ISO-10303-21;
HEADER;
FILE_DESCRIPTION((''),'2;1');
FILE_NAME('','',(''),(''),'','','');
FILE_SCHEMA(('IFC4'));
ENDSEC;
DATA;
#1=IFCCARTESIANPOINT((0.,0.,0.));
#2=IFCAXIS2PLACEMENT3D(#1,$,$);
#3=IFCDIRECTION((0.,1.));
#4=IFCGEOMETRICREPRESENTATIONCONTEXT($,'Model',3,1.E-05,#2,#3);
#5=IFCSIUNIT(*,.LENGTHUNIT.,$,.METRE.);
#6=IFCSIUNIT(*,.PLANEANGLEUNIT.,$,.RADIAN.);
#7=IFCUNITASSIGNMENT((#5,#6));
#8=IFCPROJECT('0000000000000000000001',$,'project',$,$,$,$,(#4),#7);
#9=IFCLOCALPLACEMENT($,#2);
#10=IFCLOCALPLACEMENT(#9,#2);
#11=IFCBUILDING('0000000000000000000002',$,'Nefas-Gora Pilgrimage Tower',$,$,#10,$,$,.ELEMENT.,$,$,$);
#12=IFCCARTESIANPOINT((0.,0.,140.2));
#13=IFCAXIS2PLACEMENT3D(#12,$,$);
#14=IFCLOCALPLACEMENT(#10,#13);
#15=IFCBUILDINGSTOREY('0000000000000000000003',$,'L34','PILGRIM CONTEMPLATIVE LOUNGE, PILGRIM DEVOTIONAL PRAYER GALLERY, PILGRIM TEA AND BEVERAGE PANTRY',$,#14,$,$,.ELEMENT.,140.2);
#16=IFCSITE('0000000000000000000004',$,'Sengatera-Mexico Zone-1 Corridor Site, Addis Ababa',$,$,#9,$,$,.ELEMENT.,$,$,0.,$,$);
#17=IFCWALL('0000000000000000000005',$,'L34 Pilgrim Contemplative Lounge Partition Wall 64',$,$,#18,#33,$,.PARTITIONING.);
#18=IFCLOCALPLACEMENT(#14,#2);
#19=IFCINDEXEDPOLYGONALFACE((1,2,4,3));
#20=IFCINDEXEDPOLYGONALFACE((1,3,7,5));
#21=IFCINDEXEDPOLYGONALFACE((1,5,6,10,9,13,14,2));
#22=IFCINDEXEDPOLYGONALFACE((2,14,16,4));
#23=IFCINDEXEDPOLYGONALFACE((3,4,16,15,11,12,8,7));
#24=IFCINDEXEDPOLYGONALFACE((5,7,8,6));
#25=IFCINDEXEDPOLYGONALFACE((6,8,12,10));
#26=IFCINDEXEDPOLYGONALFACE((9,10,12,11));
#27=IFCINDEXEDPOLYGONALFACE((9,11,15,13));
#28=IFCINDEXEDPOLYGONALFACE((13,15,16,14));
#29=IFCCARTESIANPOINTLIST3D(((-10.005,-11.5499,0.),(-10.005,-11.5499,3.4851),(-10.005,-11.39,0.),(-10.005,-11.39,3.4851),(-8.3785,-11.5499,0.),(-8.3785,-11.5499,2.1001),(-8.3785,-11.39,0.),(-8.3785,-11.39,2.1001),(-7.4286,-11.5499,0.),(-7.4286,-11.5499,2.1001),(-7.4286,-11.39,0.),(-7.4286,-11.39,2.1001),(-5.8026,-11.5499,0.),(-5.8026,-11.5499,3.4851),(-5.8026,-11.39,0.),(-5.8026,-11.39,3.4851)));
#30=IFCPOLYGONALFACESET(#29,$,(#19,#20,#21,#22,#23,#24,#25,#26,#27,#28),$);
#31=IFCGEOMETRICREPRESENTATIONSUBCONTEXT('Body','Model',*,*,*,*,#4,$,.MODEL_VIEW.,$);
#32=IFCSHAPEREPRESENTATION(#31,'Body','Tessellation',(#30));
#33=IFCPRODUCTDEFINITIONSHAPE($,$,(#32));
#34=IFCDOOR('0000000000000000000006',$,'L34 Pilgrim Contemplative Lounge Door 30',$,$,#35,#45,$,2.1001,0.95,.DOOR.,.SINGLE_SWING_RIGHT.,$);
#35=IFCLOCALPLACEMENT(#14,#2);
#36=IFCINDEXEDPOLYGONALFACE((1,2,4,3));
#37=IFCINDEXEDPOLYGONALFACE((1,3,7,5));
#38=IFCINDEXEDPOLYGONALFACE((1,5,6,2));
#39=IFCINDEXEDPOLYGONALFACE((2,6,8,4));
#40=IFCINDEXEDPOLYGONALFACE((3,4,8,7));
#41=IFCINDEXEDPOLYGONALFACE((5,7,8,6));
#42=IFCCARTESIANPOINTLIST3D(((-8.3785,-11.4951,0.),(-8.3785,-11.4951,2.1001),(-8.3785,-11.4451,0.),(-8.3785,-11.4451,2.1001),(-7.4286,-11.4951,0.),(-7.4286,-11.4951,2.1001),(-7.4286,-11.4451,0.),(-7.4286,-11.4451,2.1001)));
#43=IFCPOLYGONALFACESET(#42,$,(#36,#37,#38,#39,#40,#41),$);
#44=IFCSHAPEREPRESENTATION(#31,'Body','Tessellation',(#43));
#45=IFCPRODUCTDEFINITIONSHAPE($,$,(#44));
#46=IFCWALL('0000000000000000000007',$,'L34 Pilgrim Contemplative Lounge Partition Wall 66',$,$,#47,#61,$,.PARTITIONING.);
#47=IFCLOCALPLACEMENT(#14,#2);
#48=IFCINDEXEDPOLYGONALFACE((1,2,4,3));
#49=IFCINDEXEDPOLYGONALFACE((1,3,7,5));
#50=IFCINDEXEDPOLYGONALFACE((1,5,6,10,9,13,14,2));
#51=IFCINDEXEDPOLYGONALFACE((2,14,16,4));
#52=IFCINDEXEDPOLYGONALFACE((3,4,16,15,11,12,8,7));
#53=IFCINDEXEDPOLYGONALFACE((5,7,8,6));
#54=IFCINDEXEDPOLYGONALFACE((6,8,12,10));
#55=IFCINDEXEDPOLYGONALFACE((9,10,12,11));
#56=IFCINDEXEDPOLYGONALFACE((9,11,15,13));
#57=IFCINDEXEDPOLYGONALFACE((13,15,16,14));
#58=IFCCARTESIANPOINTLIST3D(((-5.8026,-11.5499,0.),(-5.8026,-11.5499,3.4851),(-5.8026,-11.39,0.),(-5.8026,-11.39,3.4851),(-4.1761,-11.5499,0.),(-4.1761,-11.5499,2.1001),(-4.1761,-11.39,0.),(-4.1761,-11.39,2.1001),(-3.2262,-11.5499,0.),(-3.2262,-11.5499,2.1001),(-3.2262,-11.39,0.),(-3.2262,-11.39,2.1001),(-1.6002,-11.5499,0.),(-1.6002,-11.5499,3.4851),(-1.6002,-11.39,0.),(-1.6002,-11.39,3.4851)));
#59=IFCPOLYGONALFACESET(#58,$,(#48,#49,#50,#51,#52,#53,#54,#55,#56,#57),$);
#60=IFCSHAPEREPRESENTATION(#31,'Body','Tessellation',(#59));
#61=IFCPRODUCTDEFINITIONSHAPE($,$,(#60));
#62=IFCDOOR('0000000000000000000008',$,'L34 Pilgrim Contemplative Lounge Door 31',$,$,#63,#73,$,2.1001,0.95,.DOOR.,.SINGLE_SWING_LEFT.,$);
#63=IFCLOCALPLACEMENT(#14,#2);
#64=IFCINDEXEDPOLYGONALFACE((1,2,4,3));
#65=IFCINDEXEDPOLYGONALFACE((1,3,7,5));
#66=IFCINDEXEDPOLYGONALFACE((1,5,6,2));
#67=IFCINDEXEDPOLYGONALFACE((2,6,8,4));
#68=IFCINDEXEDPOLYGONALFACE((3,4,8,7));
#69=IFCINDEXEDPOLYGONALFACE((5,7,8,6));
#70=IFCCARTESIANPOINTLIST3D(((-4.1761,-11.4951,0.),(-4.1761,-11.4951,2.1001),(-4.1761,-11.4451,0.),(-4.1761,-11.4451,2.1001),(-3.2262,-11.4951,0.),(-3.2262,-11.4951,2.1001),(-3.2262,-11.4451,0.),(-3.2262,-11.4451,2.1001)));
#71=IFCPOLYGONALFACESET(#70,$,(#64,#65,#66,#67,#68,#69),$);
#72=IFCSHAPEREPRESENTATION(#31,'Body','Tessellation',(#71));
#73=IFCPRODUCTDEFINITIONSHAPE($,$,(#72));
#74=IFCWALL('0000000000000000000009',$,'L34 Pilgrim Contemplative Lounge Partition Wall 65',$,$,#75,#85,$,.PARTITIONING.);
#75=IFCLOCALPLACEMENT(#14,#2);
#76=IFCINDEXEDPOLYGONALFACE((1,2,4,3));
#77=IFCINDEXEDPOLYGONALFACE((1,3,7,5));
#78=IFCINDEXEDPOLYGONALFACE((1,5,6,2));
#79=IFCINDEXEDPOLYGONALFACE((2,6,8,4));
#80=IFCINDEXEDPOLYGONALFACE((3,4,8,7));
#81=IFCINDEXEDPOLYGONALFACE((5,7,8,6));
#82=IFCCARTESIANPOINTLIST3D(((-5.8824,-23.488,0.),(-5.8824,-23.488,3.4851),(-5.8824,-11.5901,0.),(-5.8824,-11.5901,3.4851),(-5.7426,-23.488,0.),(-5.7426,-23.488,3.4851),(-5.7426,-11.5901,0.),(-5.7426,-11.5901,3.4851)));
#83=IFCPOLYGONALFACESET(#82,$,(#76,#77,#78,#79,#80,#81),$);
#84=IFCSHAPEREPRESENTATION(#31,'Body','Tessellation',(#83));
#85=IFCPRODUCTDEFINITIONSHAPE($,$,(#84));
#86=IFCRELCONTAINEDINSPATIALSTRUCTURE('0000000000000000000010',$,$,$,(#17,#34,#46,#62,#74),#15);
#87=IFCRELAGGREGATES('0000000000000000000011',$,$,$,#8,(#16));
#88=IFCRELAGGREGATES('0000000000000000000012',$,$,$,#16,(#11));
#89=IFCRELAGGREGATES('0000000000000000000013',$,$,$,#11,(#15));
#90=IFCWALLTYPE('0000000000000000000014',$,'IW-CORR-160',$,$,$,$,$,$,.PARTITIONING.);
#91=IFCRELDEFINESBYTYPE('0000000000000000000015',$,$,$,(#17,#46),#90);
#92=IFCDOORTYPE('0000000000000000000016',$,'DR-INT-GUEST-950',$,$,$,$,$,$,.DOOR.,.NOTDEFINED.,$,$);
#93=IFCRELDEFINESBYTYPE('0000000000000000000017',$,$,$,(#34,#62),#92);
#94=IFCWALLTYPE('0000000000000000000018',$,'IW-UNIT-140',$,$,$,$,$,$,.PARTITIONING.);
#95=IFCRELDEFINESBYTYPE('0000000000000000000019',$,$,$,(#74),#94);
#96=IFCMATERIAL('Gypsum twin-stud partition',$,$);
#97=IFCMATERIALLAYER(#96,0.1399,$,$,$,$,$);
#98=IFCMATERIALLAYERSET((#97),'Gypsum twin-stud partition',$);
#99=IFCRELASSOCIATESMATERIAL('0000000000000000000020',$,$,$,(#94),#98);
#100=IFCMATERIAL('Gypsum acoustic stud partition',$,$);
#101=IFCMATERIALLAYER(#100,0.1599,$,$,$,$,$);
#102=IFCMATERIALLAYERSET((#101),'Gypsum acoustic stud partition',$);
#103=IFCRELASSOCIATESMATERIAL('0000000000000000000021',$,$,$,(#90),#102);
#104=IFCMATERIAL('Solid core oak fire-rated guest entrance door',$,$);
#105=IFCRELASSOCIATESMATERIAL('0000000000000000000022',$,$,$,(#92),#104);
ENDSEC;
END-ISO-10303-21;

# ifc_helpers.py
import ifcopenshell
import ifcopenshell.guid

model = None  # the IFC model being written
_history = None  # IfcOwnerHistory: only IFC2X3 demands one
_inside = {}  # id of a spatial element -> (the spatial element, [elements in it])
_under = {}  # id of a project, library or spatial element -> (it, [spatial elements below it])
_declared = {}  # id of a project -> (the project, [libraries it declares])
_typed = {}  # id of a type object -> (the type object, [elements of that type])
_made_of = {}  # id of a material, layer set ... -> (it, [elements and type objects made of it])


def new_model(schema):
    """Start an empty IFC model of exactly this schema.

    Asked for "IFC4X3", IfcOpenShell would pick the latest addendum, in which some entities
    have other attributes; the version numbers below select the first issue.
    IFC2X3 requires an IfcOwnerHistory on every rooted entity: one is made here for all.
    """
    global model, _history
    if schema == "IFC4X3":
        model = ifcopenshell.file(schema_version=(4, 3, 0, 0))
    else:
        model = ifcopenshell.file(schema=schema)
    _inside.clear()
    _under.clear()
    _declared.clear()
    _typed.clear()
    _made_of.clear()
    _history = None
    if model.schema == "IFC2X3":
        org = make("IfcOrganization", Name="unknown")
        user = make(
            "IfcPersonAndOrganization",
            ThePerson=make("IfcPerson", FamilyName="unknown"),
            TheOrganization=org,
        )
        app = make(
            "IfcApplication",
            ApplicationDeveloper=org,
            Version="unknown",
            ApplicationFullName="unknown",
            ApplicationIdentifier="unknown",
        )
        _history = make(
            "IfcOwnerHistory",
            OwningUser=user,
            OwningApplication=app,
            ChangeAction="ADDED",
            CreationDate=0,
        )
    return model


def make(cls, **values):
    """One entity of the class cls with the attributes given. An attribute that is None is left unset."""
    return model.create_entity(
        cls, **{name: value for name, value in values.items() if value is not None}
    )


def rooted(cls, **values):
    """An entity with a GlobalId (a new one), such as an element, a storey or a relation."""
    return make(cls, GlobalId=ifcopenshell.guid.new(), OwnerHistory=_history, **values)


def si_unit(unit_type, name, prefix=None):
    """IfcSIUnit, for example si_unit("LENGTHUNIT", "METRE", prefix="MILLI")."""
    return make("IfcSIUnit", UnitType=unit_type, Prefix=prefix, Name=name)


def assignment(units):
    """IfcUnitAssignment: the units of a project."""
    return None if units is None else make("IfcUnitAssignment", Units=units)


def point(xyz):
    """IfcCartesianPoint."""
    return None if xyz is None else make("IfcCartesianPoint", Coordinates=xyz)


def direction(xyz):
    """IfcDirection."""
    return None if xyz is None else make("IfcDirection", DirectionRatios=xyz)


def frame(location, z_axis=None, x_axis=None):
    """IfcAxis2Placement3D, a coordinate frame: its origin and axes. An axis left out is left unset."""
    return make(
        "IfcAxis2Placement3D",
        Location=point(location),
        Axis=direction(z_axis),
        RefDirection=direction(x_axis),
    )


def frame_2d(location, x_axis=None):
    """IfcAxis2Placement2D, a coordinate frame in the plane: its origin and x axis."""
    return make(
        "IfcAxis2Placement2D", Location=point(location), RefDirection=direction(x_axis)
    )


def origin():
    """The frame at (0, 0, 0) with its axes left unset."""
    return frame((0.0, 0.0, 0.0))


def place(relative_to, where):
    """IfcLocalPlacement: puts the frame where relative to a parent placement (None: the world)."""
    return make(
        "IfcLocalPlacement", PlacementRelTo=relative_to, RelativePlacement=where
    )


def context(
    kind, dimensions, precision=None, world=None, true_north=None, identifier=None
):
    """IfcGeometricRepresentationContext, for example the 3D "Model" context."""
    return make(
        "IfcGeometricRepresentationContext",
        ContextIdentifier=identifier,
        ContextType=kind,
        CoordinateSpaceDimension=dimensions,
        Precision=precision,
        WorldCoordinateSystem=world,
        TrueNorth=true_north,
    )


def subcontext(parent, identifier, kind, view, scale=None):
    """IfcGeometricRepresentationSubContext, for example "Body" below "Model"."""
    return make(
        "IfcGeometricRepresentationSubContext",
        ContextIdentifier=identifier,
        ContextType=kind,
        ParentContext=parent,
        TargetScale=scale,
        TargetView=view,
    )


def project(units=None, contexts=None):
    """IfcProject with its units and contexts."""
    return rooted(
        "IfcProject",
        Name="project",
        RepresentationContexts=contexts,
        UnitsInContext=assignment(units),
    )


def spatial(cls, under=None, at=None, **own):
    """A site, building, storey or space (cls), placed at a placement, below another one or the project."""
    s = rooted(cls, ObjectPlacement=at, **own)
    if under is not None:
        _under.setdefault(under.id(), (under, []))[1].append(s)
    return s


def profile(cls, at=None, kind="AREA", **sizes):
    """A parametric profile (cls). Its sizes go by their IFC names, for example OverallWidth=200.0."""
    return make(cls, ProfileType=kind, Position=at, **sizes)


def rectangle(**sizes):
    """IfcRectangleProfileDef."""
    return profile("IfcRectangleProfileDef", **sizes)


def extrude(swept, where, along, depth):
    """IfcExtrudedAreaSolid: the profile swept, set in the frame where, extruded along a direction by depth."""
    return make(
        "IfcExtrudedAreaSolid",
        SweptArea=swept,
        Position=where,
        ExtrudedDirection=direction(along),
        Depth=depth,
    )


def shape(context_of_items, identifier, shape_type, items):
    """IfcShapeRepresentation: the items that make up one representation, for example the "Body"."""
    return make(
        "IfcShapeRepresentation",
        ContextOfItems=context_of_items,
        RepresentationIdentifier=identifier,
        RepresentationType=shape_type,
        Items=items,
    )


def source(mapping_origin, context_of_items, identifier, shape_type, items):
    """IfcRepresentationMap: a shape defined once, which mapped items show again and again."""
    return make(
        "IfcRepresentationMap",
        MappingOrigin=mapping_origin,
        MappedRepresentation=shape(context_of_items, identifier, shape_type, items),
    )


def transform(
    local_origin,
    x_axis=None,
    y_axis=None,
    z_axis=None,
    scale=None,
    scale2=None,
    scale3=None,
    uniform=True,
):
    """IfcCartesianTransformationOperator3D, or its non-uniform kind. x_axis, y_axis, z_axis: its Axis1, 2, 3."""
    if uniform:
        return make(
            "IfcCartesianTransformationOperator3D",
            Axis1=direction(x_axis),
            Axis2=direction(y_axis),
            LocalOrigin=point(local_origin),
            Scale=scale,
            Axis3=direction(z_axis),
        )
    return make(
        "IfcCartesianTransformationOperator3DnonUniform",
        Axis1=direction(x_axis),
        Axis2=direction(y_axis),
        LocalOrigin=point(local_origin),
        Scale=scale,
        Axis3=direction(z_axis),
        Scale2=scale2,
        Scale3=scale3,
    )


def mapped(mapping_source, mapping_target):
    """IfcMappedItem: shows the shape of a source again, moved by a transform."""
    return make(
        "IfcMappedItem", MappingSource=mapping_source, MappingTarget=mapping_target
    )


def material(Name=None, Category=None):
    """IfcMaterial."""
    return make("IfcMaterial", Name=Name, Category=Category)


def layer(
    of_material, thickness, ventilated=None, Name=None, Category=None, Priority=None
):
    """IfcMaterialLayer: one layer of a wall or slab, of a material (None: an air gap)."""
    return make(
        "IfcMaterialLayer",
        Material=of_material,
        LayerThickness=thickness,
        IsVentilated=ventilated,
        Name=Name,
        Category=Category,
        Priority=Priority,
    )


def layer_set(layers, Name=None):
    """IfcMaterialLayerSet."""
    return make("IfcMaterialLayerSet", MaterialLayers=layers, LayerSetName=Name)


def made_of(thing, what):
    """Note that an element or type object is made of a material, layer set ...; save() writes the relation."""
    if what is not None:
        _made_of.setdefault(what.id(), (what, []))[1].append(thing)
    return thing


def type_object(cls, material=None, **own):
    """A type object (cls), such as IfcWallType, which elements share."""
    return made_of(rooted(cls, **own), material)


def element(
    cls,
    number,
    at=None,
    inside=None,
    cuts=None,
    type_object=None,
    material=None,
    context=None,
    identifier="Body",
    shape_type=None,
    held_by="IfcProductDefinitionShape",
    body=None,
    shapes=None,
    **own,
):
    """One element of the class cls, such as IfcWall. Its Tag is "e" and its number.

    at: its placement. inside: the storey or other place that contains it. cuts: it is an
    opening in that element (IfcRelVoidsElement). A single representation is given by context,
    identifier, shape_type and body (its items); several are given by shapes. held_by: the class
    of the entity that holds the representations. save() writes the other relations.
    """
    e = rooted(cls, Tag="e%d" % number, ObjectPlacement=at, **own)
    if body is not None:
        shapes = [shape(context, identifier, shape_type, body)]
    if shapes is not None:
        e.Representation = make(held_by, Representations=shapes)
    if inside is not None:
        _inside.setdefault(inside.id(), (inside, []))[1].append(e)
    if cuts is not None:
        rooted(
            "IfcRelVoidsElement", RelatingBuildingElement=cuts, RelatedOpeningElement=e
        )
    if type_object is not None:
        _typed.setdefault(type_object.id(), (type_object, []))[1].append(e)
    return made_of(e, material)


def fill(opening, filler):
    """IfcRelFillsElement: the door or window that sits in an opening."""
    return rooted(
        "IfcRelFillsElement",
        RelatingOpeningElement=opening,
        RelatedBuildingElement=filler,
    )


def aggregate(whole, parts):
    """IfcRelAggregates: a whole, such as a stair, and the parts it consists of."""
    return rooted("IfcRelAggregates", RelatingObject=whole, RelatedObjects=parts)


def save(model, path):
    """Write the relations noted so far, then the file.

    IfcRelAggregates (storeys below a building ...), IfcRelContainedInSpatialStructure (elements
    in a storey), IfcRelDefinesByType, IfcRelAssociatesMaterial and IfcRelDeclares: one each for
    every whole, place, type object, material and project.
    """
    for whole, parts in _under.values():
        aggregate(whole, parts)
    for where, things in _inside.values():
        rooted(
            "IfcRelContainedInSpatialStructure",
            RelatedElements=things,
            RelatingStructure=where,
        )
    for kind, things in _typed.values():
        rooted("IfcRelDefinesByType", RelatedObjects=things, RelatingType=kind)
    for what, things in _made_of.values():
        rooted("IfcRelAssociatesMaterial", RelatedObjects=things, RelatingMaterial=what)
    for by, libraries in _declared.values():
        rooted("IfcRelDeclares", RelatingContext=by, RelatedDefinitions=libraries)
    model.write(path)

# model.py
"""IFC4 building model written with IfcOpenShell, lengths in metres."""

from ifc_helpers import new_model, si_unit, direction, frame, frame_2d, origin, place, context, subcontext, project, spatial, rectangle, extrude, source, transform, mapped, material, layer, layer_set, type_object, element, fill, save


model = new_model("IFC4")

# Units and contexts
model_context = context("Model", 3, precision=1e-05, world=origin(), true_north=direction((0.0, 1.0)))
body_context = subcontext(model_context, "Body", "Model", "MODEL_VIEW")
ifc_project = project(units=[si_unit("LENGTHUNIT", "METRE"), si_unit("PLANEANGLEUNIT", "RADIAN")], contexts=[model_context])

# Site, building, storey
site_placement = place(None, origin())
site = spatial("IfcSite", under=ifc_project, at=site_placement, Name="Sengatera-Mexico Zone-1 Corridor Site, Addis Ababa", CompositionType="ELEMENT", RefElevation=0.0)
building_placement = place(site_placement, origin())
building = spatial("IfcBuilding", under=site, at=building_placement, Name="Nefas-Gora Pilgrimage Tower", CompositionType="ELEMENT")
storey_placement = place(building_placement, frame((0.0, 0.0, 140.2)))
storey = spatial("IfcBuildingStorey", under=building, at=storey_placement, Name="L34", Description="PILGRIM CONTEMPLATIVE LOUNGE, PILGRIM DEVOTIONAL PRAYER GALLERY, PILGRIM TEA AND BEVERAGE PANTRY", CompositionType="ELEMENT", Elevation=140.2)

# Shared definitions
ifc_material_1 = material(Name="Gypsum twin-stud partition")
ifc_layer_1 = layer(ifc_material_1, 0.1399)
ifc_layer_set_1 = layer_set([ifc_layer_1], Name="Gypsum twin-stud partition")
wall_type_1 = type_object("IfcWallType", Name="IW-UNIT-140", PredefinedType="PARTITIONING", material=ifc_layer_set_1)

# Shared definitions
ifc_material_2 = material(Name="Gypsum acoustic stud partition")
ifc_layer_2 = layer(ifc_material_2, 0.1599)
ifc_layer_set_2 = layer_set([ifc_layer_2], Name="Gypsum acoustic stud partition")
wall_type_2 = type_object("IfcWallType", Name="IW-CORR-160", PredefinedType="PARTITIONING", material=ifc_layer_set_2)
ifc_material_3 = material(Name="Solid core oak fire-rated guest entrance door")
door_type_1 = type_object("IfcDoorType", Name="DR-INT-GUEST-950", OperationType="NOTDEFINED", PredefinedType="DOOR", material=ifc_material_3)
shared_shape_1 = source(origin(), body_context, "Body", "SweptSolid", [
    extrude(rectangle(XDim=0.95, YDim=2.1001, at=frame_2d((0.4751, 1.05))), frame((0.0, 0.0249, 0.0), z_axis=(0.0, -1.0, 0.0), x_axis=(1.0, 0.0, 0.0)), (0.0, 0.0, 1.0), 0.05),
])

# Walls, openings, doors
shared_shape_2 = source(origin(), body_context, "Body", "SweptSolid", [
    extrude(rectangle(XDim=4.2024, YDim=0.1599, at=frame_2d((2.1011, 0.0))), origin(), (0.0, 0.0, 1.0), 3.4851),
])
wall_1_placement = place(storey_placement, frame((-10.0049, -11.47, 0.0), z_axis=(0.0, 0.0, 1.0), x_axis=(1.0, 0.0, 0.0)))
wall_1 = element("IfcWall", 1, at=wall_1_placement, inside=storey, type_object=wall_type_2, Name="L34 Pilgrim Contemplative Lounge Partition Wall 64", PredefinedType="PARTITIONING", context=body_context, shape_type="MappedRepresentation", body=[
    mapped(shared_shape_2, transform((0.0, 0.0, 0.0), x_axis=(1.0, 0.0, 0.0), y_axis=(0.0, 1.0, 0.0), z_axis=(0.0, 0.0, 1.0), scale=1.0)),
])
opening_1_placement = place(wall_1_placement, frame((1.6262, 0.0, 0.0)))
opening_1 = element("IfcOpeningElement", 2, at=opening_1_placement, cuts=wall_1, PredefinedType="OPENING", context=body_context, shape_type="SweptSolid", body=[
    extrude(rectangle(XDim=0.95, YDim=2.1001, at=frame_2d((0.4751, 1.05))), frame((0.0, 0.0898, 0.0), z_axis=(0.0, -1.0, 0.0), x_axis=(1.0, 0.0, 0.0)), (0.0, 0.0, 1.0), 0.1799),
])
door_1_placement = place(opening_1_placement, origin())
door_1 = element("IfcDoor", 3, at=door_1_placement, inside=storey, type_object=door_type_1, Name="L34 Pilgrim Contemplative Lounge Door 30", OperationType="SINGLE_SWING_RIGHT", OverallHeight=2.1001, OverallWidth=0.95, PredefinedType="DOOR", context=body_context, shape_type="MappedRepresentation", body=[
    mapped(shared_shape_1, transform((0.0, 0.0, 0.0), x_axis=(1.0, 0.0, 0.0), y_axis=(0.0, 1.0, 0.0), z_axis=(0.0, 0.0, 1.0), scale=1.0)),
])
fill(opening_1, door_1)
wall_2_placement = place(storey_placement, frame((-5.8025, -11.47, 0.0), z_axis=(0.0, 0.0, 1.0), x_axis=(1.0, 0.0, 0.0)))
wall_2 = element("IfcWall", 4, at=wall_2_placement, inside=storey, type_object=wall_type_2, Name="L34 Pilgrim Contemplative Lounge Partition Wall 66", PredefinedType="PARTITIONING", context=body_context, shape_type="MappedRepresentation", body=[
    mapped(shared_shape_2, transform((0.0, 0.0, 0.0), x_axis=(1.0, 0.0, 0.0), y_axis=(0.0, 1.0, 0.0), z_axis=(0.0, 0.0, 1.0), scale=1.0)),
])
opening_2_placement = place(wall_2_placement, frame((1.6262, 0.0, 0.0)))
opening_2 = element("IfcOpeningElement", 5, at=opening_2_placement, cuts=wall_2, PredefinedType="OPENING", context=body_context, shape_type="SweptSolid", body=[
    extrude(rectangle(XDim=0.95, YDim=2.1001, at=frame_2d((0.4751, 1.05))), frame((0.0, 0.0898, 0.0), z_axis=(0.0, -1.0, 0.0), x_axis=(1.0, 0.0, 0.0)), (0.0, 0.0, 1.0), 0.1799),
])
door_2_placement = place(opening_2_placement, origin())
door_2 = element("IfcDoor", 6, at=door_2_placement, inside=storey, type_object=door_type_1, Name="L34 Pilgrim Contemplative Lounge Door 31", OperationType="SINGLE_SWING_LEFT", OverallHeight=2.1001, OverallWidth=0.95, PredefinedType="DOOR", context=body_context, shape_type="MappedRepresentation", body=[
    mapped(shared_shape_1, transform((0.0, 0.0, 0.0), x_axis=(1.0, 0.0, 0.0), y_axis=(0.0, 1.0, 0.0), z_axis=(0.0, 0.0, 1.0), scale=1.0)),
])
fill(opening_2, door_2)

# Wall
shared_shape_3 = source(origin(), body_context, "Body", "SweptSolid", [
    extrude(rectangle(XDim=11.8979, YDim=0.1399, at=frame_2d((5.949, 0.0))), origin(), (0.0, 0.0, 1.0), 3.4851),
])
wall_3_placement = place(storey_placement, frame((-5.8125, -23.488, 0.0), z_axis=(0.0, 0.0, 1.0), x_axis=(0.0, 1.0, 0.0)))
element("IfcWall", 7, at=wall_3_placement, inside=storey, type_object=wall_type_1, Name="L34 Pilgrim Contemplative Lounge Partition Wall 65", PredefinedType="PARTITIONING", context=body_context, shape_type="MappedRepresentation", body=[
    mapped(shared_shape_3, transform((0.0, 0.0, 0.0), x_axis=(1.0, 0.0, 0.0), y_axis=(0.0, 1.0, 0.0), z_axis=(0.0, 0.0, 1.0), scale=1.0)),
])

save(model, "model.ifc")
